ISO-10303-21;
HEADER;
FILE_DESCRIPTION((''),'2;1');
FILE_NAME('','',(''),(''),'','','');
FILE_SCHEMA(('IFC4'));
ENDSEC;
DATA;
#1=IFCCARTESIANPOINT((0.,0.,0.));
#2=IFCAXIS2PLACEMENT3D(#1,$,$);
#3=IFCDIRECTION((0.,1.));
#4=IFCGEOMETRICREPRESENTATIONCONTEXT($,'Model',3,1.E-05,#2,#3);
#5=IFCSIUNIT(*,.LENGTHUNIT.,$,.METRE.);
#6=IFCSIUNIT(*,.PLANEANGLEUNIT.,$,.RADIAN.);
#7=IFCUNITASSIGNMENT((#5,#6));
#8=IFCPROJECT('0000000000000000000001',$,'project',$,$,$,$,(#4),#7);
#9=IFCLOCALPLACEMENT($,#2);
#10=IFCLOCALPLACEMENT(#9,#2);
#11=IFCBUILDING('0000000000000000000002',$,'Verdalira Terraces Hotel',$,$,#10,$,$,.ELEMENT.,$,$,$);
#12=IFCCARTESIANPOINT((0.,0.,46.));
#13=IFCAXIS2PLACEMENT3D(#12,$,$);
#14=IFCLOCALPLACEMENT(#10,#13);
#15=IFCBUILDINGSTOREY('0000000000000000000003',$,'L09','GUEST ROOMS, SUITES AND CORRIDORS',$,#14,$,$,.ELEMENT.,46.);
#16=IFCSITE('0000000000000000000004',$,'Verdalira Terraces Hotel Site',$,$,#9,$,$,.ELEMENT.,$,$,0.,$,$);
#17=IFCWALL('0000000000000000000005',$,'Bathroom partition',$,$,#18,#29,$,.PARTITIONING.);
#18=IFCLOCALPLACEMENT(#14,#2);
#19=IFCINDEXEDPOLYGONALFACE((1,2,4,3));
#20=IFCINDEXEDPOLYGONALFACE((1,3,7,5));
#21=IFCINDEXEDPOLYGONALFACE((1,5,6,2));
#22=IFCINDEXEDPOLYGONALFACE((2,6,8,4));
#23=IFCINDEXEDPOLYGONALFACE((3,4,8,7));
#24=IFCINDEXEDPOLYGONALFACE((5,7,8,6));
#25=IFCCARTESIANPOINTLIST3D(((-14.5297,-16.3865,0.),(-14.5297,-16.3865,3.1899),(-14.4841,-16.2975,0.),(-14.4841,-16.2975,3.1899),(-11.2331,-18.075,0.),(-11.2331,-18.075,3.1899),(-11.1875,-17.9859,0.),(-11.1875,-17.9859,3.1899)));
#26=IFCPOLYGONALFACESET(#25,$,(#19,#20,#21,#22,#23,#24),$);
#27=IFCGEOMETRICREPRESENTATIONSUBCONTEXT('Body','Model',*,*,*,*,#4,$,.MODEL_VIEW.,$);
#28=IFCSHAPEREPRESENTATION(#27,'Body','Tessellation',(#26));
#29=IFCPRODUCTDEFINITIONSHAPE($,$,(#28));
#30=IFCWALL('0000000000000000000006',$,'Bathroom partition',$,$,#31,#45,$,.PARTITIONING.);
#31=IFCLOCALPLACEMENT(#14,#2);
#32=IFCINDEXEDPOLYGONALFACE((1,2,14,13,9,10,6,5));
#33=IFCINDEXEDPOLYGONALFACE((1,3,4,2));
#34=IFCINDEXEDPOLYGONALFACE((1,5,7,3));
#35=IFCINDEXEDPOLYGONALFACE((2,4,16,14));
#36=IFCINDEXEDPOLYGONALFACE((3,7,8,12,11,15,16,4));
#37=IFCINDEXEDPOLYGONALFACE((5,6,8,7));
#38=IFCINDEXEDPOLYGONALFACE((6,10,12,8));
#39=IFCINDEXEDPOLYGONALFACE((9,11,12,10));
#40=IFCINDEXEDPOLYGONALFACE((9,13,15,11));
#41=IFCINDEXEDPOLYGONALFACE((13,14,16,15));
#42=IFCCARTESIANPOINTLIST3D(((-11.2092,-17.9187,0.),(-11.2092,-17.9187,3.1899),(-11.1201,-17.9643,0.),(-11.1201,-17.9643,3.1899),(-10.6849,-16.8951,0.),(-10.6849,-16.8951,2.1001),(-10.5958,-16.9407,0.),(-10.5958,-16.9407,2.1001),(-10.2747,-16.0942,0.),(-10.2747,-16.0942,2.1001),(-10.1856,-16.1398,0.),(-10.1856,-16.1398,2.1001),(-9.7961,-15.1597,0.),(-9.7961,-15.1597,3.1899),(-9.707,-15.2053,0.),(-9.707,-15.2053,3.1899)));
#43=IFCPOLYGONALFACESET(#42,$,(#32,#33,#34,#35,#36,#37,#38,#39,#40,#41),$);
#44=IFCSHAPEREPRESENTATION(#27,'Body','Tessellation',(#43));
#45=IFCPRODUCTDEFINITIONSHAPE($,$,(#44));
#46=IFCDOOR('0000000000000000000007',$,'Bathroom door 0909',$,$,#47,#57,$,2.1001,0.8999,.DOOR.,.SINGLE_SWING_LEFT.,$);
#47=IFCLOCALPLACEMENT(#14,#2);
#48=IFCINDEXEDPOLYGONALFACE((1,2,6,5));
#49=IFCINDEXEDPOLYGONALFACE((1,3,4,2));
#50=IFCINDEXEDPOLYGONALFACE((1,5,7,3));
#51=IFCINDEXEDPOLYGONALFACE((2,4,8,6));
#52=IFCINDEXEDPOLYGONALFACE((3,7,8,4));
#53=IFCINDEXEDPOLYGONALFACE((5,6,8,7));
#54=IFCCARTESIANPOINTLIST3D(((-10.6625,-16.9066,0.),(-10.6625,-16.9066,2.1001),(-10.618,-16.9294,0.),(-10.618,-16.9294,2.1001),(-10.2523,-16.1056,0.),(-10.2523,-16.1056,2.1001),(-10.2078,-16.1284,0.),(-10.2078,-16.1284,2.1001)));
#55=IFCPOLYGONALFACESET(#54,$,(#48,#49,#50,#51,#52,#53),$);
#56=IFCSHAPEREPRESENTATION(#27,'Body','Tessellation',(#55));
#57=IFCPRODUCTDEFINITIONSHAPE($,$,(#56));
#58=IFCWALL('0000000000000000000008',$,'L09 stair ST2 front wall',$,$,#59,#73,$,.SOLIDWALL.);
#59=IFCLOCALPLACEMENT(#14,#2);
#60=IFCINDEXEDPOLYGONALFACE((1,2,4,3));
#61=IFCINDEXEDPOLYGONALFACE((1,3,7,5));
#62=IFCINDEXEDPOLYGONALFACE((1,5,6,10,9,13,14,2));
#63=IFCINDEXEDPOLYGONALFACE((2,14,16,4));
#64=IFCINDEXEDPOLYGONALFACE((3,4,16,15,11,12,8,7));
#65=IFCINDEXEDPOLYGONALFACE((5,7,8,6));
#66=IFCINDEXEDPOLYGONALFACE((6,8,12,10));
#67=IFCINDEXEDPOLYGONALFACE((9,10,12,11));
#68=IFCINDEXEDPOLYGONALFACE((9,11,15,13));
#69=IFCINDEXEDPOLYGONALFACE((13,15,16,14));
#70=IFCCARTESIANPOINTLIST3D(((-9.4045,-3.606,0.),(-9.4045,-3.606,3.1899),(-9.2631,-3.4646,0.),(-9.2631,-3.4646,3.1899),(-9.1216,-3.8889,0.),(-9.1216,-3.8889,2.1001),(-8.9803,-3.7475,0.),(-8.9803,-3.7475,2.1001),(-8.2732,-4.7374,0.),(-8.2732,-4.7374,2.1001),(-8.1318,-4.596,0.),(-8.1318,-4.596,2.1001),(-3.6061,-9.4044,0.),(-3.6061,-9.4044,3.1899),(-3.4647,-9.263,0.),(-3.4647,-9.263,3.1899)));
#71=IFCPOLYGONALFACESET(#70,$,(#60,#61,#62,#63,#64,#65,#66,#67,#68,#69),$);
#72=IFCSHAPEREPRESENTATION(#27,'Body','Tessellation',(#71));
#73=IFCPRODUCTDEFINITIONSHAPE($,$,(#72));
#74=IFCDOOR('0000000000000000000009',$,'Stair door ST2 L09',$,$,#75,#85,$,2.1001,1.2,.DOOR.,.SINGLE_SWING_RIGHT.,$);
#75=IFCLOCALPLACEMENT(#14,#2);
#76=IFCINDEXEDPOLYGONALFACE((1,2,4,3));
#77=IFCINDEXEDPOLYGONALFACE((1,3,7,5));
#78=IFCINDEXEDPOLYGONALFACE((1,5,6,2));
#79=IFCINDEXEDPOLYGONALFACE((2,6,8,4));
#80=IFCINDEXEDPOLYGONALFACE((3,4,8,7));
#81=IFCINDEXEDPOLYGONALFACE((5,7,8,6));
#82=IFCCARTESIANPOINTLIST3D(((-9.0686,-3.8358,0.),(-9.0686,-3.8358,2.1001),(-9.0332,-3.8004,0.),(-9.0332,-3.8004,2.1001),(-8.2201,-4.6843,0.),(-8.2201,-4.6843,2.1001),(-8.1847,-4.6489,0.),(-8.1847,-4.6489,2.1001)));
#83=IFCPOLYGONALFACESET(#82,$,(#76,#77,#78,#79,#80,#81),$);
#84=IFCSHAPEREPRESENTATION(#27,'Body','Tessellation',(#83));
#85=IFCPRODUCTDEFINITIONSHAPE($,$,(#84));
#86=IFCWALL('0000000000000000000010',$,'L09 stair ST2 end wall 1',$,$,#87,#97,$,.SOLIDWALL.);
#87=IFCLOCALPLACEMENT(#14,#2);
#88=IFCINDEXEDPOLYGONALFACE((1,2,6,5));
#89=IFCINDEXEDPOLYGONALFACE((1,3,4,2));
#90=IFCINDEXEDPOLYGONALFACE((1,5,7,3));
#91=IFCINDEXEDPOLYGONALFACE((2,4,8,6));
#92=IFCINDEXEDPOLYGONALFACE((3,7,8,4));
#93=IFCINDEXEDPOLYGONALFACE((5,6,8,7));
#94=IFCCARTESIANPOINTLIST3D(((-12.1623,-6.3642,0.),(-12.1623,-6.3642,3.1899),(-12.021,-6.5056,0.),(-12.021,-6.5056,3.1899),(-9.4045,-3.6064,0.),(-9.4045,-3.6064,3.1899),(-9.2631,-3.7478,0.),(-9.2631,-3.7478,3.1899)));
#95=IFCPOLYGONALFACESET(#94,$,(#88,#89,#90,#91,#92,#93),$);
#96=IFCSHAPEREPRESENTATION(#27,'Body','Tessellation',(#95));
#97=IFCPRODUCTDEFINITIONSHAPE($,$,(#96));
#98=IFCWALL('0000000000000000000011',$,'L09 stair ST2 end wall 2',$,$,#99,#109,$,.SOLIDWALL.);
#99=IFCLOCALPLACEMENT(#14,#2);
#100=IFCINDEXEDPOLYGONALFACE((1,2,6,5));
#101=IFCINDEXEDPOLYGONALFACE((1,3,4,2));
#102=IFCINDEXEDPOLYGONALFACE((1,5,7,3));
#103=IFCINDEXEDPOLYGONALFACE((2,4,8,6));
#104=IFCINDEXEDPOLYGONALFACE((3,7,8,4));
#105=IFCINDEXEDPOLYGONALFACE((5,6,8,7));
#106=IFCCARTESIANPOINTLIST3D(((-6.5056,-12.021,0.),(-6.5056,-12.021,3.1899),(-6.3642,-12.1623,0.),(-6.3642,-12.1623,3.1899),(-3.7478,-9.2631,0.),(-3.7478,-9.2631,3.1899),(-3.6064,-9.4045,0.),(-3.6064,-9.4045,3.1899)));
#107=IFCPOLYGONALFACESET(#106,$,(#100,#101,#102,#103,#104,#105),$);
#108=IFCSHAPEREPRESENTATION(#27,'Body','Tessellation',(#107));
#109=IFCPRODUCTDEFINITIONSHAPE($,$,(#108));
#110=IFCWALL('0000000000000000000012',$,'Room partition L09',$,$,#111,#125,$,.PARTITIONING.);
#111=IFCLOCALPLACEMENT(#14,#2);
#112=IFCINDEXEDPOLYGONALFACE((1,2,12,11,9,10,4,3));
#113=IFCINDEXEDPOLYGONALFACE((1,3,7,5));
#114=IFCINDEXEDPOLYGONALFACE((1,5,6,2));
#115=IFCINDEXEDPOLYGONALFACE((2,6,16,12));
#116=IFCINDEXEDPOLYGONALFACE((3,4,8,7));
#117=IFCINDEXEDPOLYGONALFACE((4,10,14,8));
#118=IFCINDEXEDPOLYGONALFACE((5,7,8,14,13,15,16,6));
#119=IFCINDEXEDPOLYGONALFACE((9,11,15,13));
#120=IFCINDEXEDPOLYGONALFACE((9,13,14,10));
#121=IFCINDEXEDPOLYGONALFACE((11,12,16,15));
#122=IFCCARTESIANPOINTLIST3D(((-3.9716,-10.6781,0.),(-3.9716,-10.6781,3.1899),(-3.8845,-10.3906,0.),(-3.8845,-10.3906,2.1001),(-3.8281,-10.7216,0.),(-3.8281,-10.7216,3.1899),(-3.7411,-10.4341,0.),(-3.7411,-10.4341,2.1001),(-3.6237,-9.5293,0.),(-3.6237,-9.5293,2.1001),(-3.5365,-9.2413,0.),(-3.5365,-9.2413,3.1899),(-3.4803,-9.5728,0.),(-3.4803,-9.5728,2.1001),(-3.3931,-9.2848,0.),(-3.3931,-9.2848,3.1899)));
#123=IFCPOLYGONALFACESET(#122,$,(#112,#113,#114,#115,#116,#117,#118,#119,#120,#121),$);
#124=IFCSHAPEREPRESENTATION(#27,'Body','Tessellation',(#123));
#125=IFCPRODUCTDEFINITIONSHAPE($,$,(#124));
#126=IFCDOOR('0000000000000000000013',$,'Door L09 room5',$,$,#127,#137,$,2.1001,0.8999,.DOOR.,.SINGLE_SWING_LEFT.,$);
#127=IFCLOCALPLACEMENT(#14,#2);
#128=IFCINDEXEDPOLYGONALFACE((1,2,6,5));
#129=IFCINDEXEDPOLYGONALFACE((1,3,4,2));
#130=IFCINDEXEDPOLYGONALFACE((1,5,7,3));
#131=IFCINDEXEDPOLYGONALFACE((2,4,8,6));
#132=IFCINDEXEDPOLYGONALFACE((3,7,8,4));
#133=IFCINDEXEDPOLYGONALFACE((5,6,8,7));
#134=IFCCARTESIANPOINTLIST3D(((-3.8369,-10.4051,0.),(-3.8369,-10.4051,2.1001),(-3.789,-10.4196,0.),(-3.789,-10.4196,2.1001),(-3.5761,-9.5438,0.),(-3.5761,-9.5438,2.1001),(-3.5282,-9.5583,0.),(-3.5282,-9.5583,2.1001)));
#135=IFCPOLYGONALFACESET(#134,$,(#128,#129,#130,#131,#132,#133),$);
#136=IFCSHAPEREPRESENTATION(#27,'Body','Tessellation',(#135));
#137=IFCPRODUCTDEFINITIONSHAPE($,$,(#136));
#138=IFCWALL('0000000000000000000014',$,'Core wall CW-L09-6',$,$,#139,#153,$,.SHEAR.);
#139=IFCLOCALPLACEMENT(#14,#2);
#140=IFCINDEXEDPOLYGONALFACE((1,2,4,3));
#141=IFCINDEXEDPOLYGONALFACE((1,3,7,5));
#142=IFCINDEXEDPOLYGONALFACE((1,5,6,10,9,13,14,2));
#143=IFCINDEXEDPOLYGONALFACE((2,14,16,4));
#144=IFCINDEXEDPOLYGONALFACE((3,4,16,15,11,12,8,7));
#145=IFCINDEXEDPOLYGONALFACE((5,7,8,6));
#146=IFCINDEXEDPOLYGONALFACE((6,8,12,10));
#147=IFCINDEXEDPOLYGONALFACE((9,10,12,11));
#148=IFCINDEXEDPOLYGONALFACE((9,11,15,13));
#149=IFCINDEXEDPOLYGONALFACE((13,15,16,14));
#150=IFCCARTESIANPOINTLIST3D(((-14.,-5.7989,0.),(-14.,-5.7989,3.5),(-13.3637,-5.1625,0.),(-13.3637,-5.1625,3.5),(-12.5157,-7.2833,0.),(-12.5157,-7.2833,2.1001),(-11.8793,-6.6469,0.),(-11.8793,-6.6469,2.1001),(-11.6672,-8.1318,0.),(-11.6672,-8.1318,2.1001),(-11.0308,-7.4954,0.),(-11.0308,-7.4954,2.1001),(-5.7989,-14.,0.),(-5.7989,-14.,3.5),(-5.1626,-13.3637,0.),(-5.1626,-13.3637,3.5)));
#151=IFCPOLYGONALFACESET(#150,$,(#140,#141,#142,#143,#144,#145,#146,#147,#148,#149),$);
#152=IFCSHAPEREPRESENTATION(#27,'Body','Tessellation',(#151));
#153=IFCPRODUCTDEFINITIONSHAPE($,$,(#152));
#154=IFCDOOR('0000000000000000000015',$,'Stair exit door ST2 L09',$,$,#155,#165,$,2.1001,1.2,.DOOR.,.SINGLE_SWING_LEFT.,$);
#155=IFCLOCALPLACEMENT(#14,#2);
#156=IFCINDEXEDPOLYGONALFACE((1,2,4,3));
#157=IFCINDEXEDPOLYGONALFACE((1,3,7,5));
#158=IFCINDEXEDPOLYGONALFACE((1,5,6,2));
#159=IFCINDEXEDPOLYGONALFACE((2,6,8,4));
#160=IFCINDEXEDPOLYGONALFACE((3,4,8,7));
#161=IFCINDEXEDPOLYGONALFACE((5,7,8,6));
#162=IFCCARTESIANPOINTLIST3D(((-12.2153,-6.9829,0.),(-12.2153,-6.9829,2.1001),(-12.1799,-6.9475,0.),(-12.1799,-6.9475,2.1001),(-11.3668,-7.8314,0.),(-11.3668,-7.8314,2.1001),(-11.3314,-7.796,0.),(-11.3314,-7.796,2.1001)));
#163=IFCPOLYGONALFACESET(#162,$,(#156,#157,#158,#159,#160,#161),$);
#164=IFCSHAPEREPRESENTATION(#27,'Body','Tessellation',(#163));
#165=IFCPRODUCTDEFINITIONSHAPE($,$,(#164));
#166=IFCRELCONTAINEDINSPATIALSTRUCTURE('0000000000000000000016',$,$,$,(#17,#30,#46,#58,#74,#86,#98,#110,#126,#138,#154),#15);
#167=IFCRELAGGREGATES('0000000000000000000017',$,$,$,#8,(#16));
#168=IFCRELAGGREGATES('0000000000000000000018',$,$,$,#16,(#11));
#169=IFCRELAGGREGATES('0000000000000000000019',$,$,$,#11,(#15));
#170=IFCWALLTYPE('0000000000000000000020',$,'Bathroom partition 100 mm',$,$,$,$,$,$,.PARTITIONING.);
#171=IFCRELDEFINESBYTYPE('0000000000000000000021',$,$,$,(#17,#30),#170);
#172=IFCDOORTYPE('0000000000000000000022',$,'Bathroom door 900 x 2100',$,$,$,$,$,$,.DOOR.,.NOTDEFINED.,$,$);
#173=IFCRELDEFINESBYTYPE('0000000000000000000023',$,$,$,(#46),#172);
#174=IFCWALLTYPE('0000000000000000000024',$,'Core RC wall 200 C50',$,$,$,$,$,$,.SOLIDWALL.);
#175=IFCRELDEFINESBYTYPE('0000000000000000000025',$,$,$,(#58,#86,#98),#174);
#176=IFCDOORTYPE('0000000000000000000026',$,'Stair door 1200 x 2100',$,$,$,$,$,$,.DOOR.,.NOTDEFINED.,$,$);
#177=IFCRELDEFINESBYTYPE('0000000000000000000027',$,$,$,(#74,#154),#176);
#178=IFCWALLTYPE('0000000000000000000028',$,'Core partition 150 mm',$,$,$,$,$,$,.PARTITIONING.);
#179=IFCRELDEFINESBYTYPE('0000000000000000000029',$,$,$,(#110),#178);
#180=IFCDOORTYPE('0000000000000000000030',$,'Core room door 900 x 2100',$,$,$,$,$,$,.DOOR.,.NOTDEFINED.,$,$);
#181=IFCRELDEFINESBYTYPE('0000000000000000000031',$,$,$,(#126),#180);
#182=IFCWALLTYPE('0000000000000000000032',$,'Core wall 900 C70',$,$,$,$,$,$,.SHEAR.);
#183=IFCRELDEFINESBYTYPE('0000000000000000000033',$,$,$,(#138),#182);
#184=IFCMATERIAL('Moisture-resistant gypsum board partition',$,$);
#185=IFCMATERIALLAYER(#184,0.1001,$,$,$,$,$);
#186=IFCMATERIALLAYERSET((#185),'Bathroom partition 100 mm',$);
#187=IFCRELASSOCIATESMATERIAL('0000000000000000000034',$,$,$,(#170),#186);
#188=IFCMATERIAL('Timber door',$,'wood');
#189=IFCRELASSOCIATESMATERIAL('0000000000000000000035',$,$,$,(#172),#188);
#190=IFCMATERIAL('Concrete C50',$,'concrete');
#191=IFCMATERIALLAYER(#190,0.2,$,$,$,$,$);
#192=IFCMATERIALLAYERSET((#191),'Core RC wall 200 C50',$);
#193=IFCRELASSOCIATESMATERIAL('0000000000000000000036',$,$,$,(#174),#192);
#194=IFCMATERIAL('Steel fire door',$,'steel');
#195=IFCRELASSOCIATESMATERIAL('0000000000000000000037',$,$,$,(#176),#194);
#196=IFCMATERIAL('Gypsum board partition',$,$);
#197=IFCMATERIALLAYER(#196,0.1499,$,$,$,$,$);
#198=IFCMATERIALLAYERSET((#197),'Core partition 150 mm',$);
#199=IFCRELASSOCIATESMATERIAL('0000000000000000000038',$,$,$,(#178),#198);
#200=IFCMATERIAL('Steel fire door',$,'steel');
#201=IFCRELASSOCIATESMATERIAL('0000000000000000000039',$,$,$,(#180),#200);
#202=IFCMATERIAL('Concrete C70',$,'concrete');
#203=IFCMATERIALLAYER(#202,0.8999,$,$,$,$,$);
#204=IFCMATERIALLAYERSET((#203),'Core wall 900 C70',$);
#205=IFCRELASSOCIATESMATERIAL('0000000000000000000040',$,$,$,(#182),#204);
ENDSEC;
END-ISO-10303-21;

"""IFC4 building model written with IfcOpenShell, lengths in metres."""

from ifc_helpers import new_model, si_unit, direction, frame, frame_2d, origin, place, context, subcontext, project, spatial, rectangle, extrude, material, layer, layer_set, type_object, element, fill, save


model = new_model("IFC4")

# Units and contexts
model_context = context("Model", 3, precision=1e-05, world=origin(), true_north=direction((0.0, 1.0)))
body_context = subcontext(model_context, "Body", "Model", "MODEL_VIEW")
ifc_project = project(units=[si_unit("LENGTHUNIT", "METRE"), si_unit("PLANEANGLEUNIT", "RADIAN")], contexts=[model_context])

# Site, building, storey
site_placement = place(None, origin())
site = spatial("IfcSite", under=ifc_project, at=site_placement, Name="Verdalira Terraces Hotel Site", CompositionType="ELEMENT", RefElevation=0.0)
building_placement = place(site_placement, origin())
building = spatial("IfcBuilding", under=site, at=building_placement, Name="Verdalira Terraces Hotel", CompositionType="ELEMENT")
storey_placement = place(building_placement, frame((0.0, 0.0, 46.0)))
storey = spatial("IfcBuildingStorey", under=building, at=storey_placement, Name="L09", Description="GUEST ROOMS, SUITES AND CORRIDORS", CompositionType="ELEMENT", Elevation=46.0)

# Wall
ifc_material_1 = material(Name="Moisture-resistant gypsum board partition")
ifc_layer_1 = layer(ifc_material_1, 0.1001)
ifc_layer_set_1 = layer_set([ifc_layer_1], Name="Bathroom partition 100 mm")
wall_type_1 = type_object("IfcWallType", Name="Bathroom partition 100 mm", PredefinedType="PARTITIONING", material=ifc_layer_set_1)
wall_1_placement = place(storey_placement, frame((-11.2102, -18.0305, 0.0), z_axis=(0.0, 0.0, 1.0), x_axis=(-0.890048, 0.455867, 0.0)))
element("IfcWall", 1, at=wall_1_placement, inside=storey, type_object=wall_type_1, Name="Bathroom partition", PredefinedType="PARTITIONING", context=body_context, shape_type="SweptSolid", body=[
    extrude(rectangle(XDim=3.7039, YDim=0.1001, at=frame_2d((1.8521, 0.0))), origin(), (0.0, 0.0, 1.0), 3.1899),
])

# Walls, openings, doors
wall_2_placement = place(storey_placement, frame((-11.1646, -17.9414, 0.0), z_axis=(0.0, 0.0, 1.0), x_axis=(0.455856, 0.890053, 0.0)))
wall_2 = element("IfcWall", 2, at=wall_2_placement, inside=storey, type_object=wall_type_1, Name="Bathroom partition", PredefinedType="PARTITIONING", context=body_context, shape_type="SweptSolid", body=[
    extrude(rectangle(XDim=3.0999, YDim=0.1001, at=frame_2d((1.5498, 0.0))), origin(), (0.0, 0.0, 1.0), 3.1899),
])
opening_1_placement = place(wall_2_placement, frame((1.1499, 0.0, 0.0)))
opening_1 = element("IfcOpeningElement", 3, at=opening_1_placement, cuts=wall_2, PredefinedType="OPENING", context=body_context, shape_type="SweptSolid", body=[
    extrude(rectangle(XDim=0.8999, YDim=2.1001, at=frame_2d((0.45, 1.05))), frame((0.0, 0.0601, 0.0), z_axis=(0.0, -1.0, 0.0), x_axis=(1.0, 0.0, 0.0)), (0.0, 0.0, 1.0), 0.1201),
])
ifc_material_2 = material(Name="Timber door", Category="wood")
door_type_1 = type_object("IfcDoorType", Name="Bathroom door 900 x 2100", OperationType="NOTDEFINED", PredefinedType="DOOR", material=ifc_material_2)
door_1_placement = place(opening_1_placement, origin())
door_1 = element("IfcDoor", 4, at=door_1_placement, inside=storey, type_object=door_type_1, Name="Bathroom door 0909", OperationType="SINGLE_SWING_LEFT", OverallHeight=2.1001, OverallWidth=0.8999, PredefinedType="DOOR", context=body_context, shape_type="SweptSolid", body=[
    extrude(rectangle(XDim=0.8999, YDim=2.1001, at=frame_2d((0.45, 1.05))), frame((0.0, 0.0249, 0.0), z_axis=(0.0, -1.0, 0.0), x_axis=(1.0, 0.0, 0.0)), (0.0, 0.0, 1.0), 0.05),
])
fill(opening_1, door_1)
ifc_material_3 = material(Name="Concrete C50", Category="concrete")
ifc_layer_2 = layer(ifc_material_3, 0.2)
ifc_layer_set_2 = layer_set([ifc_layer_2], Name="Core RC wall 200 C50")
wall_type_2 = type_object("IfcWallType", Name="Core RC wall 200 C50", PredefinedType="SOLIDWALL", material=ifc_layer_set_2)
wall_3_placement = place(storey_placement, frame((-3.5354, -9.3337, 0.0), z_axis=(0.0, 0.0, 1.0), x_axis=(-0.707107, 0.707107, 0.0)))
wall_3 = element("IfcWall", 5, at=wall_3_placement, inside=storey, type_object=wall_type_2, Name="L09 stair ST2 front wall", PredefinedType="SOLIDWALL", context=body_context, shape_type="SweptSolid", body=[
    extrude(rectangle(XDim=8.2002, YDim=0.2, at=frame_2d((4.1001, 0.0))), origin(), (0.0, 0.0, 1.0), 3.1899),
])
opening_2_placement = place(wall_3_placement, frame((6.6001, 0.0, 0.0)))
opening_2 = element("IfcOpeningElement", 6, at=opening_2_placement, cuts=wall_3, PredefinedType="OPENING", context=body_context, shape_type="SweptSolid", body=[
    extrude(rectangle(XDim=1.2, YDim=2.1001, at=frame_2d((0.6001, 1.05))), frame((0.0, 0.1099, 0.0), z_axis=(0.0, -1.0, 0.0), x_axis=(1.0, 0.0, 0.0)), (0.0, 0.0, 1.0), 0.22),
])
ifc_material_4 = material(Name="Steel fire door", Category="steel")
door_type_2 = type_object("IfcDoorType", Name="Stair door 1200 x 2100", OperationType="NOTDEFINED", PredefinedType="DOOR", material=ifc_material_4)
door_2_placement = place(opening_2_placement, origin())
door_2 = element("IfcDoor", 7, at=door_2_placement, inside=storey, type_object=door_type_2, Name="Stair door ST2 L09", OperationType="SINGLE_SWING_RIGHT", OverallHeight=2.1001, OverallWidth=1.2, PredefinedType="DOOR", context=body_context, shape_type="SweptSolid", body=[
    extrude(rectangle(XDim=1.2, YDim=2.1001, at=frame_2d((0.6001, 1.05))), frame((0.0, 0.0249, 0.0), z_axis=(0.0, -1.0, 0.0), x_axis=(1.0, 0.0, 0.0)), (0.0, 0.0, 1.0), 0.05),
])
fill(opening_2, door_2)

# Walls
for number, where, z_axis, x_axis, name in (
    (8, (-9.3337, -3.677, 0.0), (0.0, 0.0, 1.0), (-0.707107, -0.707107, 0.0), "L09 stair ST2 end wall 1"),
    (9, (-3.677, -9.3337, 0.0), (0.0, 0.0, 1.0), (-0.707107, -0.707107, 0.0), "L09 stair ST2 end wall 2"),
):
    element("IfcWall", number, at=place(storey_placement, frame(where, z_axis=z_axis, x_axis=x_axis)), inside=storey, type_object=wall_type_2, Name=name, PredefinedType="SOLIDWALL", context=body_context, shape_type="SweptSolid", body=[
        extrude(rectangle(XDim=3.9001, YDim=0.2, at=frame_2d((1.9502, 0.0))), origin(), (0.0, 0.0, 1.0), 3.1899),
    ])

# Walls, openings, doors
ifc_material_5 = material(Name="Gypsum board partition")
ifc_layer_3 = layer(ifc_material_5, 0.1499)
ifc_layer_set_3 = layer_set([ifc_layer_3], Name="Core partition 150 mm")
wall_type_3 = type_object("IfcWallType", Name="Core partition 150 mm", PredefinedType="PARTITIONING", material=ifc_layer_set_3)
wall_4_placement = place(storey_placement, frame((-3.4648, -9.2632, 0.0), z_axis=(0.0, 0.0, 1.0), x_axis=(-0.289809, -0.957085, 0.0)))
wall_4 = element("IfcWall", 10, at=wall_4_placement, inside=storey, type_object=wall_type_3, Name="Room partition L09", PredefinedType="PARTITIONING", context=body_context, shape_type="SweptSolid", body=[
    extrude(rectangle(XDim=1.5012, YDim=0.1499, at=frame_2d((0.7505, 0.0))), origin(), (0.0, 0.0, 1.0), 3.1899),
])
opening_3_placement = place(wall_4_placement, frame((0.3008, 0.0, 0.0)))
opening_3 = element("IfcOpeningElement", 11, at=opening_3_placement, cuts=wall_4, PredefinedType="OPENING", context=body_context, shape_type="SweptSolid", body=[
    extrude(rectangle(XDim=0.8999, YDim=2.1001, at=frame_2d((0.45, 1.05))), frame((0.0, 0.085, 0.0), z_axis=(0.0, -1.0, 0.0), x_axis=(1.0, 0.0, 0.0)), (0.0, 0.0, 1.0), 0.1699),
])
ifc_material_6 = material(Name="Steel fire door", Category="steel")
door_type_3 = type_object("IfcDoorType", Name="Core room door 900 x 2100", OperationType="NOTDEFINED", PredefinedType="DOOR", material=ifc_material_6)
door_3_placement = place(opening_3_placement, origin())
door_3 = element("IfcDoor", 12, at=door_3_placement, inside=storey, type_object=door_type_3, Name="Door L09 room5", OperationType="SINGLE_SWING_LEFT", OverallHeight=2.1001, OverallWidth=0.8999, PredefinedType="DOOR", context=body_context, shape_type="SweptSolid", body=[
    extrude(rectangle(XDim=0.8999, YDim=2.1001, at=frame_2d((0.45, 1.05))), frame((0.0, 0.0249, 0.0), z_axis=(0.0, -1.0, 0.0), x_axis=(1.0, 0.0, 0.0)), (0.0, 0.0, 1.0), 0.05),
])
fill(opening_3, door_3)
ifc_material_7 = material(Name="Concrete C70", Category="concrete")
ifc_layer_4 = layer(ifc_material_7, 0.8999)
ifc_layer_set_4 = layer_set([ifc_layer_4], Name="Core wall 900 C70")
wall_type_4 = type_object("IfcWallType", Name="Core wall 900 C70", PredefinedType="SHEAR", material=ifc_layer_set_4)
wall_5_placement = place(storey_placement, frame((-13.6819, -5.4807, 0.0), z_axis=(0.0, 0.0, 1.0), x_axis=(0.707107, -0.707107, 0.0)))
wall_5 = element("IfcWall", 13, at=wall_5_placement, inside=storey, type_object=wall_type_4, Name="Core wall CW-L09-6", PredefinedType="SHEAR", context=body_context, shape_type="SweptSolid", body=[
    extrude(rectangle(XDim=11.5981, YDim=0.8999, at=frame_2d((5.7991, 0.0))), origin(), (0.0, 0.0, 1.0), 3.5),
])
opening_4_placement = place(wall_5_placement, frame((2.0991, 0.0, 0.0)))
opening_4 = element("IfcOpeningElement", 14, at=opening_4_placement, cuts=wall_5, PredefinedType="OPENING", context=body_context, shape_type="SweptSolid", body=[
    extrude(rectangle(XDim=1.2, YDim=2.1001, at=frame_2d((0.6001, 1.05))), frame((0.0, 0.46, 0.0), z_axis=(0.0, -1.0, 0.0), x_axis=(1.0, 0.0, 0.0)), (0.0, 0.0, 1.0), 0.9199),
])
door_4_placement = place(opening_4_placement, origin())
door_4 = element("IfcDoor", 15, at=door_4_placement, inside=storey, type_object=door_type_2, Name="Stair exit door ST2 L09", OperationType="SINGLE_SWING_LEFT", OverallHeight=2.1001, OverallWidth=1.2, PredefinedType="DOOR", context=body_context, shape_type="SweptSolid", body=[
    extrude(rectangle(XDim=1.2, YDim=2.1001, at=frame_2d((0.6001, 1.05))), frame((0.0, 0.0249, 0.0), z_axis=(0.0, -1.0, 0.0), x_axis=(1.0, 0.0, 0.0)), (0.0, 0.0, 1.0), 0.05),
])
fill(opening_4, door_4)

save(model, "model.ifc")
